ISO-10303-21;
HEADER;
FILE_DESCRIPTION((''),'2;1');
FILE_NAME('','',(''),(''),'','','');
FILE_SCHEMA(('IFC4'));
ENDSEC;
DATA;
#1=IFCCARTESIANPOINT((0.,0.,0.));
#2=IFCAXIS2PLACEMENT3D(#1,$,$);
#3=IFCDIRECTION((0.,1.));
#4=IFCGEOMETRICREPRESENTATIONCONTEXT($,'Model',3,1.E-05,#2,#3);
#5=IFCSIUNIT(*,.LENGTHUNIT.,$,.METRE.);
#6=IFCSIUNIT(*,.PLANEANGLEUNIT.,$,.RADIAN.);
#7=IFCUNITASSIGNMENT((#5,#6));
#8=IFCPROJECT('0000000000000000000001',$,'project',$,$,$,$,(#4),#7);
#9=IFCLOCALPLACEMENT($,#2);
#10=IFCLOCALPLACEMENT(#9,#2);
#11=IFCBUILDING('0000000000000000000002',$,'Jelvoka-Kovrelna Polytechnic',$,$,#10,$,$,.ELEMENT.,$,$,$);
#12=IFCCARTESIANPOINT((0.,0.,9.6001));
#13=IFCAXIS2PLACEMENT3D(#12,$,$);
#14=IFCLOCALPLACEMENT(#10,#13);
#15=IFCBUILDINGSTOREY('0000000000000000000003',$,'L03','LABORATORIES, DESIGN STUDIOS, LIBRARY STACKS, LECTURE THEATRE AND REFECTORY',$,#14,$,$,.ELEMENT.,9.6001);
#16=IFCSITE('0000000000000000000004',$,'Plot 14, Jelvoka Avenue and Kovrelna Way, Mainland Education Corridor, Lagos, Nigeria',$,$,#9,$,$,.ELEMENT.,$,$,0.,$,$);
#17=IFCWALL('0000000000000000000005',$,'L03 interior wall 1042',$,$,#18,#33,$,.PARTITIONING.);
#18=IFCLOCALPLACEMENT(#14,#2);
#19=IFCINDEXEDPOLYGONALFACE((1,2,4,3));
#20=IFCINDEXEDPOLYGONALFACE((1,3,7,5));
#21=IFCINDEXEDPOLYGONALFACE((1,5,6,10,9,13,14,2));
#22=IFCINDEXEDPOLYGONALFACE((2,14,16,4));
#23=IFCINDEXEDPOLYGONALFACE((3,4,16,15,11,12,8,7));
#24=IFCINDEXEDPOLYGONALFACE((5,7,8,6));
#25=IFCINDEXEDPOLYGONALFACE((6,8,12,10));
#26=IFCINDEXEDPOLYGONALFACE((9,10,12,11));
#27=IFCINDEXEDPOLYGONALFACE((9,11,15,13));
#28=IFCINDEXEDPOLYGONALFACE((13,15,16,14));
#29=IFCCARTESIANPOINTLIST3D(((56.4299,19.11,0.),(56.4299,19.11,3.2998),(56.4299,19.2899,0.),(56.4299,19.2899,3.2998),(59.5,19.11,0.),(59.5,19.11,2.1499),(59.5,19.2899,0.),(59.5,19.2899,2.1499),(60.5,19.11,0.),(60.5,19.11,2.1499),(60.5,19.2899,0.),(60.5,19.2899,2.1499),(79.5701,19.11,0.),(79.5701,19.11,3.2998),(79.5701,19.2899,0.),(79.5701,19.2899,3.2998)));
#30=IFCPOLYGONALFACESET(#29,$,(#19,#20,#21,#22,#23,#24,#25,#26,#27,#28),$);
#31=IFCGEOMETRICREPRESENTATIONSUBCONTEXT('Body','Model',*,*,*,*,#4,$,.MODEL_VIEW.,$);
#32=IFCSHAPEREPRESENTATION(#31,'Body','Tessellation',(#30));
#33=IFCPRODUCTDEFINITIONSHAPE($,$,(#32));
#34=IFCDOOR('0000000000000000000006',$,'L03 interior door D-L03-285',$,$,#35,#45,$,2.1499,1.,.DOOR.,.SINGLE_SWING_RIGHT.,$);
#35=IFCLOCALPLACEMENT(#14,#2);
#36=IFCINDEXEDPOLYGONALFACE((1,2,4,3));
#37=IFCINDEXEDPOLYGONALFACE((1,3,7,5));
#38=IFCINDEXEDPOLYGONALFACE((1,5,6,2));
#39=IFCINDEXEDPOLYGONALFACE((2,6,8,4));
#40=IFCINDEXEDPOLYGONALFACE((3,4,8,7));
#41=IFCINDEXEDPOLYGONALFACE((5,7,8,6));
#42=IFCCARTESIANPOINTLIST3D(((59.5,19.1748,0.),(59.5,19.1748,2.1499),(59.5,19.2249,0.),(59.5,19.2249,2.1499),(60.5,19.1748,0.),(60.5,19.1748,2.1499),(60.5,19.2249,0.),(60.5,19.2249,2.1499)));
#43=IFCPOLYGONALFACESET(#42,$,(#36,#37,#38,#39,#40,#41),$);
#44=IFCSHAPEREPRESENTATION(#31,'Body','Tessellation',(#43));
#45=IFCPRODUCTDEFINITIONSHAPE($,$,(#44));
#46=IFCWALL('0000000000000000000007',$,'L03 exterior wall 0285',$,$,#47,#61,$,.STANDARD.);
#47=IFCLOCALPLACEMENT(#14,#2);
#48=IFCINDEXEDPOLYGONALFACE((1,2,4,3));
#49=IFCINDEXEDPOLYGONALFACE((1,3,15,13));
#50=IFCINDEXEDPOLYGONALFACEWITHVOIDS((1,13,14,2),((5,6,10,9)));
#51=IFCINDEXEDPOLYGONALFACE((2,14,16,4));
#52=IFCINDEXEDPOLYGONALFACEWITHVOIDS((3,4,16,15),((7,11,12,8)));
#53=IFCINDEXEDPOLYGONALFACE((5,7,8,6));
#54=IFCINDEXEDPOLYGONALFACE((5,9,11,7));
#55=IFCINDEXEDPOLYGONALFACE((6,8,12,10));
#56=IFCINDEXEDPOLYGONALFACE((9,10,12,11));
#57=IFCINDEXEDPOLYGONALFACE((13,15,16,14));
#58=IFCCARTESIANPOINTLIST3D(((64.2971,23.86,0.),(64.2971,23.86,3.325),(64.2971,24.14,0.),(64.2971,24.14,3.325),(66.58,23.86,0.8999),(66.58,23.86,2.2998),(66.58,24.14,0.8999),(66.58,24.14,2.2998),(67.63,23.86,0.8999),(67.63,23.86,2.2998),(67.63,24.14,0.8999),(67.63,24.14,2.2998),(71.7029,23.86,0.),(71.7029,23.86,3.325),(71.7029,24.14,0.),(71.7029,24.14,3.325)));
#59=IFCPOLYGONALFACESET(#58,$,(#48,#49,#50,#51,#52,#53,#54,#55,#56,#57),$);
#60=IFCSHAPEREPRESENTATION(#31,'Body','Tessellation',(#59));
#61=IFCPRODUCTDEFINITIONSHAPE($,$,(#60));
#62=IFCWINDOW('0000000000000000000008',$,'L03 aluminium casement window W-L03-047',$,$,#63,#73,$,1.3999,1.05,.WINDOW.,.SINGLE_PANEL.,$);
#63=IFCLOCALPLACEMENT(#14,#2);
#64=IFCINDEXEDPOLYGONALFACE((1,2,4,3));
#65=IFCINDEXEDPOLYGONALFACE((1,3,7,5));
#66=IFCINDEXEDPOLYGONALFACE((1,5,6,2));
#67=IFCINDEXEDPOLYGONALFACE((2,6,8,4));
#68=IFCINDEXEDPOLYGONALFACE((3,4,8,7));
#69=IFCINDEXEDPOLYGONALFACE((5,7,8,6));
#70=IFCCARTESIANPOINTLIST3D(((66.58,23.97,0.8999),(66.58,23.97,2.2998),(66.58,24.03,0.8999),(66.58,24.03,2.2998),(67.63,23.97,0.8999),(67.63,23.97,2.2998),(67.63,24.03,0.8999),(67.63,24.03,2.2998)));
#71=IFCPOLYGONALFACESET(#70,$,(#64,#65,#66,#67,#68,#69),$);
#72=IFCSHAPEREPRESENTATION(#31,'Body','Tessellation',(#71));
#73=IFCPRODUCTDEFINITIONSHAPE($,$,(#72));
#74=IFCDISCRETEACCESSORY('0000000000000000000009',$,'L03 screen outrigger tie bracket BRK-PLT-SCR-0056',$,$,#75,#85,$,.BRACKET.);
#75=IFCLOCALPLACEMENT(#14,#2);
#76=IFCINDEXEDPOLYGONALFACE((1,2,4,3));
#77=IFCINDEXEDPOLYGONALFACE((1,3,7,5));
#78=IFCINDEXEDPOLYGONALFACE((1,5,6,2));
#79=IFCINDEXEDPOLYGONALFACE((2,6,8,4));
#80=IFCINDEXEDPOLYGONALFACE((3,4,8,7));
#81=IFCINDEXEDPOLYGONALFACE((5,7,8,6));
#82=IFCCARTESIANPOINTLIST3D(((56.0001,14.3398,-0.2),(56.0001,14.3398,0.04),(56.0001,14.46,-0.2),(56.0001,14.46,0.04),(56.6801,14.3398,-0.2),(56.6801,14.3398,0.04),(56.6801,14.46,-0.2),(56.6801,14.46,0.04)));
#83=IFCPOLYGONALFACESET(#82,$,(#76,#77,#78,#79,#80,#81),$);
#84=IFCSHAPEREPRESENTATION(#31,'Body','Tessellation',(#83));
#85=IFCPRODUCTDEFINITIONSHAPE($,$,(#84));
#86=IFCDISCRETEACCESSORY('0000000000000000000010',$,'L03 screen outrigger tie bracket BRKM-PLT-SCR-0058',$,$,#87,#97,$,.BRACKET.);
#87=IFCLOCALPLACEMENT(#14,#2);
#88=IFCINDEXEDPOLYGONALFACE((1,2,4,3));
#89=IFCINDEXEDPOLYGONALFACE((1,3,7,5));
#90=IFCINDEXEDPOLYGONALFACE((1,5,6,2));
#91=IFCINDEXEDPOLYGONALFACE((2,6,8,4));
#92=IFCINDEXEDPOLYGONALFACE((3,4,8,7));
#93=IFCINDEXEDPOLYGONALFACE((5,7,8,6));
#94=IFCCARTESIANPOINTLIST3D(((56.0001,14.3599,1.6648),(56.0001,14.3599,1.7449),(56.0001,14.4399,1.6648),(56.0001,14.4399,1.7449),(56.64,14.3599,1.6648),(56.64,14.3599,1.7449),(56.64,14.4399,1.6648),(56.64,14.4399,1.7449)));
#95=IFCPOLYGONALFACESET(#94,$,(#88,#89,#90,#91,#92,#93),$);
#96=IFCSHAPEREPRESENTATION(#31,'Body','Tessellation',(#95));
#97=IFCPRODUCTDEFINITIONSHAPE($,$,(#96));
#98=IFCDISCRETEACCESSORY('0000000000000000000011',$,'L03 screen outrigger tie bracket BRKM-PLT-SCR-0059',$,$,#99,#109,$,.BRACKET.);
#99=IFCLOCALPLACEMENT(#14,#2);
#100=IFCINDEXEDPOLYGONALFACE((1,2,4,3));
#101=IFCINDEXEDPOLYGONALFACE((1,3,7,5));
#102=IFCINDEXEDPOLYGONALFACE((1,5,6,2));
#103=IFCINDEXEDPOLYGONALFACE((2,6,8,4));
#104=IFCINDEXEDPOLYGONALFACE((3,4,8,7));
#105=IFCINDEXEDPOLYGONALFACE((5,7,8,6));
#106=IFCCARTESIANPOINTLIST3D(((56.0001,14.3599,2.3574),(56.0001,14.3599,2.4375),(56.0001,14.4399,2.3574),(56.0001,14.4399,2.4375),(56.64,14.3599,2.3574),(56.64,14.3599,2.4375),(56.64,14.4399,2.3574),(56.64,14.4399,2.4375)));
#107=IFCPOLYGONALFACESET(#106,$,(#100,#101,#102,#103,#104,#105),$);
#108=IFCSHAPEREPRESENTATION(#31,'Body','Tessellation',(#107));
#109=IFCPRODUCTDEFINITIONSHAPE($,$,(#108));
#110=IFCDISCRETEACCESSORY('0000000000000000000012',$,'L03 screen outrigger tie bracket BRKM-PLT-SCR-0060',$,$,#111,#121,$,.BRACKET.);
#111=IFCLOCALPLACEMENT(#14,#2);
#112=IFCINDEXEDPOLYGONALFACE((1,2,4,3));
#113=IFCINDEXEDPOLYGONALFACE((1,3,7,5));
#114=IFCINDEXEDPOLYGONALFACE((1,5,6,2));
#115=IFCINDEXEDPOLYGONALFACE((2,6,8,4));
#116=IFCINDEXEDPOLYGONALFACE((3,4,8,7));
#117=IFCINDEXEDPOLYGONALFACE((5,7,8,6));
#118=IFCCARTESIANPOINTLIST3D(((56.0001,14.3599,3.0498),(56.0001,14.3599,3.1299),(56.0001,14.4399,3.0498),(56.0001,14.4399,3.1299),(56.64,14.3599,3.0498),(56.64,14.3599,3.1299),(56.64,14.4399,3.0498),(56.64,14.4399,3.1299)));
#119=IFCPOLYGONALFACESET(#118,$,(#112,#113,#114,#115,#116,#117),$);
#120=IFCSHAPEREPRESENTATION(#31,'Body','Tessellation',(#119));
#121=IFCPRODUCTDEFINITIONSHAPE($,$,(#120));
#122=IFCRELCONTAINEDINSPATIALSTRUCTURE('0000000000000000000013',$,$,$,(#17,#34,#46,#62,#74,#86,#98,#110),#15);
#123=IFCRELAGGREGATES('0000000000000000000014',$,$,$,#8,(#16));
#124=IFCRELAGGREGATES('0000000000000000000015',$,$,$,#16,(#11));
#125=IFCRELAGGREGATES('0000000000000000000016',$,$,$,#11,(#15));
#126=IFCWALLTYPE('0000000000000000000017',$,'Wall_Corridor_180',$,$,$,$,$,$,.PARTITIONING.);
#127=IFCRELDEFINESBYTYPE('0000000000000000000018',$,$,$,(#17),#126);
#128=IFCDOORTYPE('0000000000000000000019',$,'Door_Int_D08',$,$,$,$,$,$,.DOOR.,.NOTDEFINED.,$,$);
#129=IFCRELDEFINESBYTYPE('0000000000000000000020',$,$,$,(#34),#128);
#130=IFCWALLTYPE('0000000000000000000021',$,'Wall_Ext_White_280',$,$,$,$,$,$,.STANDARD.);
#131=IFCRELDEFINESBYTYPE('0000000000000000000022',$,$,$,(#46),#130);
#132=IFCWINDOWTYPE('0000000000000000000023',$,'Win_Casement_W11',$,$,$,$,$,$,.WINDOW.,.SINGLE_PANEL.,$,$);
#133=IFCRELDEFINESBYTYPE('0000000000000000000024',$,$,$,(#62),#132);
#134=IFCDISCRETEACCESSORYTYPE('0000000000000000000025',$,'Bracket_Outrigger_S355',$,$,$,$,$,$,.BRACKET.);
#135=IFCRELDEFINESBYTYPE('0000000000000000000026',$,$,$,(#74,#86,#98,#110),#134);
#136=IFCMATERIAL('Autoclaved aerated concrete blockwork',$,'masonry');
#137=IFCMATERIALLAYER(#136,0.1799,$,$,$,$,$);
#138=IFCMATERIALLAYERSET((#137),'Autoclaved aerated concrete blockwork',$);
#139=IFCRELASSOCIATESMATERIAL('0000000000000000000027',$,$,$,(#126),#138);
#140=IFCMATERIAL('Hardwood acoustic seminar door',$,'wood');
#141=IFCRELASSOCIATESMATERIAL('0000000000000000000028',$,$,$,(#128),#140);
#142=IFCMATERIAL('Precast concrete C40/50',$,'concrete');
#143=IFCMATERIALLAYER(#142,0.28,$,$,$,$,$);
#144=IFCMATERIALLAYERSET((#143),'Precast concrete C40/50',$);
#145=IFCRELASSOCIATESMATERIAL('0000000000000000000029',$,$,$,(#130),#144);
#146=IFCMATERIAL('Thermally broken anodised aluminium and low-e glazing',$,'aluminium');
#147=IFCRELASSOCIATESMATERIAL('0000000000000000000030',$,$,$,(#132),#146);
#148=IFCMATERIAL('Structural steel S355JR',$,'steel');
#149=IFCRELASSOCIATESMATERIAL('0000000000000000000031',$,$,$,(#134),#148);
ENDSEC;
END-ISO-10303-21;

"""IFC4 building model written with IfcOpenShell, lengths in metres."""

from ifc_helpers import new_model, si_unit, direction, frame, frame_2d, origin, origin_2d, place, context, subcontext, project, spatial, rectangle, extrude, material, layer, layer_set, type_object, element, fill, save


model = new_model("IFC4")

# Units and contexts
model_context = context("Model", 3, precision=1e-05, world=origin(), true_north=direction((0.0, 1.0)))
body_context = subcontext(model_context, "Body", "Model", "MODEL_VIEW")
ifc_project = project(units=[si_unit("LENGTHUNIT", "METRE"), si_unit("PLANEANGLEUNIT", "RADIAN")], contexts=[model_context])

# Site, building, storey
site_placement = place(None, origin())
site = spatial("IfcSite", under=ifc_project, at=site_placement, Name="Plot 14, Jelvoka Avenue and Kovrelna Way, Mainland Education Corridor, Lagos, Nigeria", CompositionType="ELEMENT", RefElevation=0.0)
building_placement = place(site_placement, origin())
building = spatial("IfcBuilding", under=site, at=building_placement, Name="Jelvoka-Kovrelna Polytechnic", CompositionType="ELEMENT")
storey_placement = place(building_placement, frame((0.0, 0.0, 9.6001)))
storey = spatial("IfcBuildingStorey", under=building, at=storey_placement, Name="L03", Description="LABORATORIES, DESIGN STUDIOS, LIBRARY STACKS, LECTURE THEATRE AND REFECTORY", CompositionType="ELEMENT", Elevation=9.6001)

# Wall, opening, door
ifc_material_1 = material(Name="Autoclaved aerated concrete blockwork", Category="masonry")
ifc_layer_1 = layer(ifc_material_1, 0.1799)
ifc_layer_set_1 = layer_set([ifc_layer_1], Name="Autoclaved aerated concrete blockwork")
wall_type_1 = type_object("IfcWallType", Name="Wall_Corridor_180", PredefinedType="PARTITIONING", material=ifc_layer_set_1)
wall_1_placement = place(storey_placement, frame((56.4299, 19.2, 0.0), z_axis=(0.0, 0.0, 1.0), x_axis=(1.0, 0.0, 0.0)))
wall_1 = element("IfcWall", 1, at=wall_1_placement, inside=storey, type_object=wall_type_1, Name="L03 interior wall 1042", PredefinedType="PARTITIONING", context=body_context, shape_type="SweptSolid", body=[
    extrude(rectangle(XDim=23.1401, YDim=0.1799, at=frame_2d((11.5701, 0.0))), origin(), (0.0, 0.0, 1.0), 3.2998),
])
opening_1_placement = place(wall_1_placement, frame((3.0701, 0.0, 0.0)))
opening_1 = element("IfcOpeningElement", 2, at=opening_1_placement, cuts=wall_1, PredefinedType="OPENING", context=body_context, shape_type="SweptSolid", body=[
    extrude(rectangle(XDim=1.0, YDim=2.1499, at=frame_2d((0.5, 1.075))), frame((0.0, 0.0999, 0.0), z_axis=(0.0, -1.0, 0.0), x_axis=(1.0, 0.0, 0.0)), (0.0, 0.0, 1.0), 0.2),
])
ifc_material_2 = material(Name="Hardwood acoustic seminar door", Category="wood")
door_type_1 = type_object("IfcDoorType", Name="Door_Int_D08", OperationType="NOTDEFINED", PredefinedType="DOOR", material=ifc_material_2)
door_1_placement = place(opening_1_placement, origin())
door_1 = element("IfcDoor", 3, at=door_1_placement, inside=storey, type_object=door_type_1, Name="L03 interior door D-L03-285", OperationType="SINGLE_SWING_RIGHT", OverallHeight=2.1499, OverallWidth=1.0, PredefinedType="DOOR", context=body_context, shape_type="SweptSolid", body=[
    extrude(rectangle(XDim=1.0, YDim=2.1499, at=frame_2d((0.5, 1.075))), frame((0.0, 0.0249, 0.0), z_axis=(0.0, -1.0, 0.0), x_axis=(1.0, 0.0, 0.0)), (0.0, 0.0, 1.0), 0.05),
])
fill(opening_1, door_1)

# Wall, opening, window
ifc_material_3 = material(Name="Precast concrete C40/50", Category="concrete")
ifc_layer_2 = layer(ifc_material_3, 0.28)
ifc_layer_set_2 = layer_set([ifc_layer_2], Name="Precast concrete C40/50")
wall_type_2 = type_object("IfcWallType", Name="Wall_Ext_White_280", PredefinedType="STANDARD", material=ifc_layer_set_2)
wall_2_placement = place(storey_placement, frame((64.2971, 24.0, 0.0), z_axis=(0.0, 0.0, 1.0), x_axis=(1.0, 0.0, 0.0)))
wall_2 = element("IfcWall", 4, at=wall_2_placement, inside=storey, type_object=wall_type_2, Name="L03 exterior wall 0285", PredefinedType="STANDARD", context=body_context, shape_type="SweptSolid", body=[
    extrude(rectangle(XDim=7.4058, YDim=0.28, at=frame_2d((3.7029, 0.0))), origin(), (0.0, 0.0, 1.0), 3.325),
])
opening_2_placement = place(wall_2_placement, frame((2.283, 0.0, 0.8999)))
opening_2 = element("IfcOpeningElement", 5, at=opening_2_placement, cuts=wall_2, PredefinedType="OPENING", context=body_context, shape_type="SweptSolid", body=[
    extrude(rectangle(XDim=1.05, YDim=1.3999, at=frame_2d((0.5249, 0.7))), frame((0.0, 0.1501, 0.0), z_axis=(0.0, -1.0, 0.0), x_axis=(1.0, 0.0, 0.0)), (0.0, 0.0, 1.0), 0.3),
])
ifc_material_4 = material(Name="Thermally broken anodised aluminium and low-e glazing", Category="aluminium")
window_type = type_object("IfcWindowType", Name="Win_Casement_W11", PartitioningType="SINGLE_PANEL", PredefinedType="WINDOW", material=ifc_material_4)
window_placement = place(opening_2_placement, origin())
window = element("IfcWindow", 6, at=window_placement, inside=storey, type_object=window_type, Name="L03 aluminium casement window W-L03-047", OverallHeight=1.3999, OverallWidth=1.05, PartitioningType="SINGLE_PANEL", PredefinedType="WINDOW", context=body_context, shape_type="SweptSolid", body=[
    extrude(rectangle(XDim=1.05, YDim=1.3999, at=frame_2d((0.5249, 0.7))), frame((0.0, 0.03, 0.0), z_axis=(0.0, -1.0, 0.0), x_axis=(1.0, 0.0, 0.0)), (0.0, 0.0, 1.0), 0.0601),
])
fill(opening_2, window)

# Discrete accessories
ifc_material_5 = material(Name="Structural steel S355JR", Category="steel")
discrete_accessory_type = type_object("IfcDiscreteAccessoryType", Name="Bracket_Outrigger_S355", PredefinedType="BRACKET", material=ifc_material_5)
discrete_accessory_placement = place(storey_placement, frame((56.3401, 14.3999, -0.2), z_axis=(0.0, 0.0, 1.0), x_axis=(1.0, 0.0, 0.0)))
element("IfcDiscreteAccessory", 7, at=discrete_accessory_placement, inside=storey, type_object=discrete_accessory_type, Name="L03 screen outrigger tie bracket BRK-PLT-SCR-0056", PredefinedType="BRACKET", context=body_context, shape_type="SweptSolid", body=[
    extrude(rectangle(XDim=0.6799, YDim=0.1201, at=origin_2d()), origin(), (0.0, 0.0, 1.0), 0.24),
])
for number, where, z_axis, x_axis, name in (
    (8, (56.3201, 14.3999, 1.6648), (0.0, 0.0, 1.0), (1.0, 0.0, 0.0), "L03 screen outrigger tie bracket BRKM-PLT-SCR-0058"),
    (9, (56.3201, 14.3999, 2.3574), (0.0, 0.0, 1.0), (1.0, 0.0, 0.0), "L03 screen outrigger tie bracket BRKM-PLT-SCR-0059"),
    (10, (56.3201, 14.3999, 3.0498), (0.0, 0.0, 1.0), (1.0, 0.0, 0.0), "L03 screen outrigger tie bracket BRKM-PLT-SCR-0060"),
):
    element("IfcDiscreteAccessory", number, at=place(storey_placement, frame(where, z_axis=z_axis, x_axis=x_axis)), inside=storey, type_object=discrete_accessory_type, Name=name, PredefinedType="BRACKET", context=body_context, shape_type="SweptSolid", body=[
        extrude(rectangle(XDim=0.6399, YDim=0.0801, at=origin_2d()), origin(), (0.0, 0.0, 1.0), 0.0801),
    ])

save(model, "model.ifc")
